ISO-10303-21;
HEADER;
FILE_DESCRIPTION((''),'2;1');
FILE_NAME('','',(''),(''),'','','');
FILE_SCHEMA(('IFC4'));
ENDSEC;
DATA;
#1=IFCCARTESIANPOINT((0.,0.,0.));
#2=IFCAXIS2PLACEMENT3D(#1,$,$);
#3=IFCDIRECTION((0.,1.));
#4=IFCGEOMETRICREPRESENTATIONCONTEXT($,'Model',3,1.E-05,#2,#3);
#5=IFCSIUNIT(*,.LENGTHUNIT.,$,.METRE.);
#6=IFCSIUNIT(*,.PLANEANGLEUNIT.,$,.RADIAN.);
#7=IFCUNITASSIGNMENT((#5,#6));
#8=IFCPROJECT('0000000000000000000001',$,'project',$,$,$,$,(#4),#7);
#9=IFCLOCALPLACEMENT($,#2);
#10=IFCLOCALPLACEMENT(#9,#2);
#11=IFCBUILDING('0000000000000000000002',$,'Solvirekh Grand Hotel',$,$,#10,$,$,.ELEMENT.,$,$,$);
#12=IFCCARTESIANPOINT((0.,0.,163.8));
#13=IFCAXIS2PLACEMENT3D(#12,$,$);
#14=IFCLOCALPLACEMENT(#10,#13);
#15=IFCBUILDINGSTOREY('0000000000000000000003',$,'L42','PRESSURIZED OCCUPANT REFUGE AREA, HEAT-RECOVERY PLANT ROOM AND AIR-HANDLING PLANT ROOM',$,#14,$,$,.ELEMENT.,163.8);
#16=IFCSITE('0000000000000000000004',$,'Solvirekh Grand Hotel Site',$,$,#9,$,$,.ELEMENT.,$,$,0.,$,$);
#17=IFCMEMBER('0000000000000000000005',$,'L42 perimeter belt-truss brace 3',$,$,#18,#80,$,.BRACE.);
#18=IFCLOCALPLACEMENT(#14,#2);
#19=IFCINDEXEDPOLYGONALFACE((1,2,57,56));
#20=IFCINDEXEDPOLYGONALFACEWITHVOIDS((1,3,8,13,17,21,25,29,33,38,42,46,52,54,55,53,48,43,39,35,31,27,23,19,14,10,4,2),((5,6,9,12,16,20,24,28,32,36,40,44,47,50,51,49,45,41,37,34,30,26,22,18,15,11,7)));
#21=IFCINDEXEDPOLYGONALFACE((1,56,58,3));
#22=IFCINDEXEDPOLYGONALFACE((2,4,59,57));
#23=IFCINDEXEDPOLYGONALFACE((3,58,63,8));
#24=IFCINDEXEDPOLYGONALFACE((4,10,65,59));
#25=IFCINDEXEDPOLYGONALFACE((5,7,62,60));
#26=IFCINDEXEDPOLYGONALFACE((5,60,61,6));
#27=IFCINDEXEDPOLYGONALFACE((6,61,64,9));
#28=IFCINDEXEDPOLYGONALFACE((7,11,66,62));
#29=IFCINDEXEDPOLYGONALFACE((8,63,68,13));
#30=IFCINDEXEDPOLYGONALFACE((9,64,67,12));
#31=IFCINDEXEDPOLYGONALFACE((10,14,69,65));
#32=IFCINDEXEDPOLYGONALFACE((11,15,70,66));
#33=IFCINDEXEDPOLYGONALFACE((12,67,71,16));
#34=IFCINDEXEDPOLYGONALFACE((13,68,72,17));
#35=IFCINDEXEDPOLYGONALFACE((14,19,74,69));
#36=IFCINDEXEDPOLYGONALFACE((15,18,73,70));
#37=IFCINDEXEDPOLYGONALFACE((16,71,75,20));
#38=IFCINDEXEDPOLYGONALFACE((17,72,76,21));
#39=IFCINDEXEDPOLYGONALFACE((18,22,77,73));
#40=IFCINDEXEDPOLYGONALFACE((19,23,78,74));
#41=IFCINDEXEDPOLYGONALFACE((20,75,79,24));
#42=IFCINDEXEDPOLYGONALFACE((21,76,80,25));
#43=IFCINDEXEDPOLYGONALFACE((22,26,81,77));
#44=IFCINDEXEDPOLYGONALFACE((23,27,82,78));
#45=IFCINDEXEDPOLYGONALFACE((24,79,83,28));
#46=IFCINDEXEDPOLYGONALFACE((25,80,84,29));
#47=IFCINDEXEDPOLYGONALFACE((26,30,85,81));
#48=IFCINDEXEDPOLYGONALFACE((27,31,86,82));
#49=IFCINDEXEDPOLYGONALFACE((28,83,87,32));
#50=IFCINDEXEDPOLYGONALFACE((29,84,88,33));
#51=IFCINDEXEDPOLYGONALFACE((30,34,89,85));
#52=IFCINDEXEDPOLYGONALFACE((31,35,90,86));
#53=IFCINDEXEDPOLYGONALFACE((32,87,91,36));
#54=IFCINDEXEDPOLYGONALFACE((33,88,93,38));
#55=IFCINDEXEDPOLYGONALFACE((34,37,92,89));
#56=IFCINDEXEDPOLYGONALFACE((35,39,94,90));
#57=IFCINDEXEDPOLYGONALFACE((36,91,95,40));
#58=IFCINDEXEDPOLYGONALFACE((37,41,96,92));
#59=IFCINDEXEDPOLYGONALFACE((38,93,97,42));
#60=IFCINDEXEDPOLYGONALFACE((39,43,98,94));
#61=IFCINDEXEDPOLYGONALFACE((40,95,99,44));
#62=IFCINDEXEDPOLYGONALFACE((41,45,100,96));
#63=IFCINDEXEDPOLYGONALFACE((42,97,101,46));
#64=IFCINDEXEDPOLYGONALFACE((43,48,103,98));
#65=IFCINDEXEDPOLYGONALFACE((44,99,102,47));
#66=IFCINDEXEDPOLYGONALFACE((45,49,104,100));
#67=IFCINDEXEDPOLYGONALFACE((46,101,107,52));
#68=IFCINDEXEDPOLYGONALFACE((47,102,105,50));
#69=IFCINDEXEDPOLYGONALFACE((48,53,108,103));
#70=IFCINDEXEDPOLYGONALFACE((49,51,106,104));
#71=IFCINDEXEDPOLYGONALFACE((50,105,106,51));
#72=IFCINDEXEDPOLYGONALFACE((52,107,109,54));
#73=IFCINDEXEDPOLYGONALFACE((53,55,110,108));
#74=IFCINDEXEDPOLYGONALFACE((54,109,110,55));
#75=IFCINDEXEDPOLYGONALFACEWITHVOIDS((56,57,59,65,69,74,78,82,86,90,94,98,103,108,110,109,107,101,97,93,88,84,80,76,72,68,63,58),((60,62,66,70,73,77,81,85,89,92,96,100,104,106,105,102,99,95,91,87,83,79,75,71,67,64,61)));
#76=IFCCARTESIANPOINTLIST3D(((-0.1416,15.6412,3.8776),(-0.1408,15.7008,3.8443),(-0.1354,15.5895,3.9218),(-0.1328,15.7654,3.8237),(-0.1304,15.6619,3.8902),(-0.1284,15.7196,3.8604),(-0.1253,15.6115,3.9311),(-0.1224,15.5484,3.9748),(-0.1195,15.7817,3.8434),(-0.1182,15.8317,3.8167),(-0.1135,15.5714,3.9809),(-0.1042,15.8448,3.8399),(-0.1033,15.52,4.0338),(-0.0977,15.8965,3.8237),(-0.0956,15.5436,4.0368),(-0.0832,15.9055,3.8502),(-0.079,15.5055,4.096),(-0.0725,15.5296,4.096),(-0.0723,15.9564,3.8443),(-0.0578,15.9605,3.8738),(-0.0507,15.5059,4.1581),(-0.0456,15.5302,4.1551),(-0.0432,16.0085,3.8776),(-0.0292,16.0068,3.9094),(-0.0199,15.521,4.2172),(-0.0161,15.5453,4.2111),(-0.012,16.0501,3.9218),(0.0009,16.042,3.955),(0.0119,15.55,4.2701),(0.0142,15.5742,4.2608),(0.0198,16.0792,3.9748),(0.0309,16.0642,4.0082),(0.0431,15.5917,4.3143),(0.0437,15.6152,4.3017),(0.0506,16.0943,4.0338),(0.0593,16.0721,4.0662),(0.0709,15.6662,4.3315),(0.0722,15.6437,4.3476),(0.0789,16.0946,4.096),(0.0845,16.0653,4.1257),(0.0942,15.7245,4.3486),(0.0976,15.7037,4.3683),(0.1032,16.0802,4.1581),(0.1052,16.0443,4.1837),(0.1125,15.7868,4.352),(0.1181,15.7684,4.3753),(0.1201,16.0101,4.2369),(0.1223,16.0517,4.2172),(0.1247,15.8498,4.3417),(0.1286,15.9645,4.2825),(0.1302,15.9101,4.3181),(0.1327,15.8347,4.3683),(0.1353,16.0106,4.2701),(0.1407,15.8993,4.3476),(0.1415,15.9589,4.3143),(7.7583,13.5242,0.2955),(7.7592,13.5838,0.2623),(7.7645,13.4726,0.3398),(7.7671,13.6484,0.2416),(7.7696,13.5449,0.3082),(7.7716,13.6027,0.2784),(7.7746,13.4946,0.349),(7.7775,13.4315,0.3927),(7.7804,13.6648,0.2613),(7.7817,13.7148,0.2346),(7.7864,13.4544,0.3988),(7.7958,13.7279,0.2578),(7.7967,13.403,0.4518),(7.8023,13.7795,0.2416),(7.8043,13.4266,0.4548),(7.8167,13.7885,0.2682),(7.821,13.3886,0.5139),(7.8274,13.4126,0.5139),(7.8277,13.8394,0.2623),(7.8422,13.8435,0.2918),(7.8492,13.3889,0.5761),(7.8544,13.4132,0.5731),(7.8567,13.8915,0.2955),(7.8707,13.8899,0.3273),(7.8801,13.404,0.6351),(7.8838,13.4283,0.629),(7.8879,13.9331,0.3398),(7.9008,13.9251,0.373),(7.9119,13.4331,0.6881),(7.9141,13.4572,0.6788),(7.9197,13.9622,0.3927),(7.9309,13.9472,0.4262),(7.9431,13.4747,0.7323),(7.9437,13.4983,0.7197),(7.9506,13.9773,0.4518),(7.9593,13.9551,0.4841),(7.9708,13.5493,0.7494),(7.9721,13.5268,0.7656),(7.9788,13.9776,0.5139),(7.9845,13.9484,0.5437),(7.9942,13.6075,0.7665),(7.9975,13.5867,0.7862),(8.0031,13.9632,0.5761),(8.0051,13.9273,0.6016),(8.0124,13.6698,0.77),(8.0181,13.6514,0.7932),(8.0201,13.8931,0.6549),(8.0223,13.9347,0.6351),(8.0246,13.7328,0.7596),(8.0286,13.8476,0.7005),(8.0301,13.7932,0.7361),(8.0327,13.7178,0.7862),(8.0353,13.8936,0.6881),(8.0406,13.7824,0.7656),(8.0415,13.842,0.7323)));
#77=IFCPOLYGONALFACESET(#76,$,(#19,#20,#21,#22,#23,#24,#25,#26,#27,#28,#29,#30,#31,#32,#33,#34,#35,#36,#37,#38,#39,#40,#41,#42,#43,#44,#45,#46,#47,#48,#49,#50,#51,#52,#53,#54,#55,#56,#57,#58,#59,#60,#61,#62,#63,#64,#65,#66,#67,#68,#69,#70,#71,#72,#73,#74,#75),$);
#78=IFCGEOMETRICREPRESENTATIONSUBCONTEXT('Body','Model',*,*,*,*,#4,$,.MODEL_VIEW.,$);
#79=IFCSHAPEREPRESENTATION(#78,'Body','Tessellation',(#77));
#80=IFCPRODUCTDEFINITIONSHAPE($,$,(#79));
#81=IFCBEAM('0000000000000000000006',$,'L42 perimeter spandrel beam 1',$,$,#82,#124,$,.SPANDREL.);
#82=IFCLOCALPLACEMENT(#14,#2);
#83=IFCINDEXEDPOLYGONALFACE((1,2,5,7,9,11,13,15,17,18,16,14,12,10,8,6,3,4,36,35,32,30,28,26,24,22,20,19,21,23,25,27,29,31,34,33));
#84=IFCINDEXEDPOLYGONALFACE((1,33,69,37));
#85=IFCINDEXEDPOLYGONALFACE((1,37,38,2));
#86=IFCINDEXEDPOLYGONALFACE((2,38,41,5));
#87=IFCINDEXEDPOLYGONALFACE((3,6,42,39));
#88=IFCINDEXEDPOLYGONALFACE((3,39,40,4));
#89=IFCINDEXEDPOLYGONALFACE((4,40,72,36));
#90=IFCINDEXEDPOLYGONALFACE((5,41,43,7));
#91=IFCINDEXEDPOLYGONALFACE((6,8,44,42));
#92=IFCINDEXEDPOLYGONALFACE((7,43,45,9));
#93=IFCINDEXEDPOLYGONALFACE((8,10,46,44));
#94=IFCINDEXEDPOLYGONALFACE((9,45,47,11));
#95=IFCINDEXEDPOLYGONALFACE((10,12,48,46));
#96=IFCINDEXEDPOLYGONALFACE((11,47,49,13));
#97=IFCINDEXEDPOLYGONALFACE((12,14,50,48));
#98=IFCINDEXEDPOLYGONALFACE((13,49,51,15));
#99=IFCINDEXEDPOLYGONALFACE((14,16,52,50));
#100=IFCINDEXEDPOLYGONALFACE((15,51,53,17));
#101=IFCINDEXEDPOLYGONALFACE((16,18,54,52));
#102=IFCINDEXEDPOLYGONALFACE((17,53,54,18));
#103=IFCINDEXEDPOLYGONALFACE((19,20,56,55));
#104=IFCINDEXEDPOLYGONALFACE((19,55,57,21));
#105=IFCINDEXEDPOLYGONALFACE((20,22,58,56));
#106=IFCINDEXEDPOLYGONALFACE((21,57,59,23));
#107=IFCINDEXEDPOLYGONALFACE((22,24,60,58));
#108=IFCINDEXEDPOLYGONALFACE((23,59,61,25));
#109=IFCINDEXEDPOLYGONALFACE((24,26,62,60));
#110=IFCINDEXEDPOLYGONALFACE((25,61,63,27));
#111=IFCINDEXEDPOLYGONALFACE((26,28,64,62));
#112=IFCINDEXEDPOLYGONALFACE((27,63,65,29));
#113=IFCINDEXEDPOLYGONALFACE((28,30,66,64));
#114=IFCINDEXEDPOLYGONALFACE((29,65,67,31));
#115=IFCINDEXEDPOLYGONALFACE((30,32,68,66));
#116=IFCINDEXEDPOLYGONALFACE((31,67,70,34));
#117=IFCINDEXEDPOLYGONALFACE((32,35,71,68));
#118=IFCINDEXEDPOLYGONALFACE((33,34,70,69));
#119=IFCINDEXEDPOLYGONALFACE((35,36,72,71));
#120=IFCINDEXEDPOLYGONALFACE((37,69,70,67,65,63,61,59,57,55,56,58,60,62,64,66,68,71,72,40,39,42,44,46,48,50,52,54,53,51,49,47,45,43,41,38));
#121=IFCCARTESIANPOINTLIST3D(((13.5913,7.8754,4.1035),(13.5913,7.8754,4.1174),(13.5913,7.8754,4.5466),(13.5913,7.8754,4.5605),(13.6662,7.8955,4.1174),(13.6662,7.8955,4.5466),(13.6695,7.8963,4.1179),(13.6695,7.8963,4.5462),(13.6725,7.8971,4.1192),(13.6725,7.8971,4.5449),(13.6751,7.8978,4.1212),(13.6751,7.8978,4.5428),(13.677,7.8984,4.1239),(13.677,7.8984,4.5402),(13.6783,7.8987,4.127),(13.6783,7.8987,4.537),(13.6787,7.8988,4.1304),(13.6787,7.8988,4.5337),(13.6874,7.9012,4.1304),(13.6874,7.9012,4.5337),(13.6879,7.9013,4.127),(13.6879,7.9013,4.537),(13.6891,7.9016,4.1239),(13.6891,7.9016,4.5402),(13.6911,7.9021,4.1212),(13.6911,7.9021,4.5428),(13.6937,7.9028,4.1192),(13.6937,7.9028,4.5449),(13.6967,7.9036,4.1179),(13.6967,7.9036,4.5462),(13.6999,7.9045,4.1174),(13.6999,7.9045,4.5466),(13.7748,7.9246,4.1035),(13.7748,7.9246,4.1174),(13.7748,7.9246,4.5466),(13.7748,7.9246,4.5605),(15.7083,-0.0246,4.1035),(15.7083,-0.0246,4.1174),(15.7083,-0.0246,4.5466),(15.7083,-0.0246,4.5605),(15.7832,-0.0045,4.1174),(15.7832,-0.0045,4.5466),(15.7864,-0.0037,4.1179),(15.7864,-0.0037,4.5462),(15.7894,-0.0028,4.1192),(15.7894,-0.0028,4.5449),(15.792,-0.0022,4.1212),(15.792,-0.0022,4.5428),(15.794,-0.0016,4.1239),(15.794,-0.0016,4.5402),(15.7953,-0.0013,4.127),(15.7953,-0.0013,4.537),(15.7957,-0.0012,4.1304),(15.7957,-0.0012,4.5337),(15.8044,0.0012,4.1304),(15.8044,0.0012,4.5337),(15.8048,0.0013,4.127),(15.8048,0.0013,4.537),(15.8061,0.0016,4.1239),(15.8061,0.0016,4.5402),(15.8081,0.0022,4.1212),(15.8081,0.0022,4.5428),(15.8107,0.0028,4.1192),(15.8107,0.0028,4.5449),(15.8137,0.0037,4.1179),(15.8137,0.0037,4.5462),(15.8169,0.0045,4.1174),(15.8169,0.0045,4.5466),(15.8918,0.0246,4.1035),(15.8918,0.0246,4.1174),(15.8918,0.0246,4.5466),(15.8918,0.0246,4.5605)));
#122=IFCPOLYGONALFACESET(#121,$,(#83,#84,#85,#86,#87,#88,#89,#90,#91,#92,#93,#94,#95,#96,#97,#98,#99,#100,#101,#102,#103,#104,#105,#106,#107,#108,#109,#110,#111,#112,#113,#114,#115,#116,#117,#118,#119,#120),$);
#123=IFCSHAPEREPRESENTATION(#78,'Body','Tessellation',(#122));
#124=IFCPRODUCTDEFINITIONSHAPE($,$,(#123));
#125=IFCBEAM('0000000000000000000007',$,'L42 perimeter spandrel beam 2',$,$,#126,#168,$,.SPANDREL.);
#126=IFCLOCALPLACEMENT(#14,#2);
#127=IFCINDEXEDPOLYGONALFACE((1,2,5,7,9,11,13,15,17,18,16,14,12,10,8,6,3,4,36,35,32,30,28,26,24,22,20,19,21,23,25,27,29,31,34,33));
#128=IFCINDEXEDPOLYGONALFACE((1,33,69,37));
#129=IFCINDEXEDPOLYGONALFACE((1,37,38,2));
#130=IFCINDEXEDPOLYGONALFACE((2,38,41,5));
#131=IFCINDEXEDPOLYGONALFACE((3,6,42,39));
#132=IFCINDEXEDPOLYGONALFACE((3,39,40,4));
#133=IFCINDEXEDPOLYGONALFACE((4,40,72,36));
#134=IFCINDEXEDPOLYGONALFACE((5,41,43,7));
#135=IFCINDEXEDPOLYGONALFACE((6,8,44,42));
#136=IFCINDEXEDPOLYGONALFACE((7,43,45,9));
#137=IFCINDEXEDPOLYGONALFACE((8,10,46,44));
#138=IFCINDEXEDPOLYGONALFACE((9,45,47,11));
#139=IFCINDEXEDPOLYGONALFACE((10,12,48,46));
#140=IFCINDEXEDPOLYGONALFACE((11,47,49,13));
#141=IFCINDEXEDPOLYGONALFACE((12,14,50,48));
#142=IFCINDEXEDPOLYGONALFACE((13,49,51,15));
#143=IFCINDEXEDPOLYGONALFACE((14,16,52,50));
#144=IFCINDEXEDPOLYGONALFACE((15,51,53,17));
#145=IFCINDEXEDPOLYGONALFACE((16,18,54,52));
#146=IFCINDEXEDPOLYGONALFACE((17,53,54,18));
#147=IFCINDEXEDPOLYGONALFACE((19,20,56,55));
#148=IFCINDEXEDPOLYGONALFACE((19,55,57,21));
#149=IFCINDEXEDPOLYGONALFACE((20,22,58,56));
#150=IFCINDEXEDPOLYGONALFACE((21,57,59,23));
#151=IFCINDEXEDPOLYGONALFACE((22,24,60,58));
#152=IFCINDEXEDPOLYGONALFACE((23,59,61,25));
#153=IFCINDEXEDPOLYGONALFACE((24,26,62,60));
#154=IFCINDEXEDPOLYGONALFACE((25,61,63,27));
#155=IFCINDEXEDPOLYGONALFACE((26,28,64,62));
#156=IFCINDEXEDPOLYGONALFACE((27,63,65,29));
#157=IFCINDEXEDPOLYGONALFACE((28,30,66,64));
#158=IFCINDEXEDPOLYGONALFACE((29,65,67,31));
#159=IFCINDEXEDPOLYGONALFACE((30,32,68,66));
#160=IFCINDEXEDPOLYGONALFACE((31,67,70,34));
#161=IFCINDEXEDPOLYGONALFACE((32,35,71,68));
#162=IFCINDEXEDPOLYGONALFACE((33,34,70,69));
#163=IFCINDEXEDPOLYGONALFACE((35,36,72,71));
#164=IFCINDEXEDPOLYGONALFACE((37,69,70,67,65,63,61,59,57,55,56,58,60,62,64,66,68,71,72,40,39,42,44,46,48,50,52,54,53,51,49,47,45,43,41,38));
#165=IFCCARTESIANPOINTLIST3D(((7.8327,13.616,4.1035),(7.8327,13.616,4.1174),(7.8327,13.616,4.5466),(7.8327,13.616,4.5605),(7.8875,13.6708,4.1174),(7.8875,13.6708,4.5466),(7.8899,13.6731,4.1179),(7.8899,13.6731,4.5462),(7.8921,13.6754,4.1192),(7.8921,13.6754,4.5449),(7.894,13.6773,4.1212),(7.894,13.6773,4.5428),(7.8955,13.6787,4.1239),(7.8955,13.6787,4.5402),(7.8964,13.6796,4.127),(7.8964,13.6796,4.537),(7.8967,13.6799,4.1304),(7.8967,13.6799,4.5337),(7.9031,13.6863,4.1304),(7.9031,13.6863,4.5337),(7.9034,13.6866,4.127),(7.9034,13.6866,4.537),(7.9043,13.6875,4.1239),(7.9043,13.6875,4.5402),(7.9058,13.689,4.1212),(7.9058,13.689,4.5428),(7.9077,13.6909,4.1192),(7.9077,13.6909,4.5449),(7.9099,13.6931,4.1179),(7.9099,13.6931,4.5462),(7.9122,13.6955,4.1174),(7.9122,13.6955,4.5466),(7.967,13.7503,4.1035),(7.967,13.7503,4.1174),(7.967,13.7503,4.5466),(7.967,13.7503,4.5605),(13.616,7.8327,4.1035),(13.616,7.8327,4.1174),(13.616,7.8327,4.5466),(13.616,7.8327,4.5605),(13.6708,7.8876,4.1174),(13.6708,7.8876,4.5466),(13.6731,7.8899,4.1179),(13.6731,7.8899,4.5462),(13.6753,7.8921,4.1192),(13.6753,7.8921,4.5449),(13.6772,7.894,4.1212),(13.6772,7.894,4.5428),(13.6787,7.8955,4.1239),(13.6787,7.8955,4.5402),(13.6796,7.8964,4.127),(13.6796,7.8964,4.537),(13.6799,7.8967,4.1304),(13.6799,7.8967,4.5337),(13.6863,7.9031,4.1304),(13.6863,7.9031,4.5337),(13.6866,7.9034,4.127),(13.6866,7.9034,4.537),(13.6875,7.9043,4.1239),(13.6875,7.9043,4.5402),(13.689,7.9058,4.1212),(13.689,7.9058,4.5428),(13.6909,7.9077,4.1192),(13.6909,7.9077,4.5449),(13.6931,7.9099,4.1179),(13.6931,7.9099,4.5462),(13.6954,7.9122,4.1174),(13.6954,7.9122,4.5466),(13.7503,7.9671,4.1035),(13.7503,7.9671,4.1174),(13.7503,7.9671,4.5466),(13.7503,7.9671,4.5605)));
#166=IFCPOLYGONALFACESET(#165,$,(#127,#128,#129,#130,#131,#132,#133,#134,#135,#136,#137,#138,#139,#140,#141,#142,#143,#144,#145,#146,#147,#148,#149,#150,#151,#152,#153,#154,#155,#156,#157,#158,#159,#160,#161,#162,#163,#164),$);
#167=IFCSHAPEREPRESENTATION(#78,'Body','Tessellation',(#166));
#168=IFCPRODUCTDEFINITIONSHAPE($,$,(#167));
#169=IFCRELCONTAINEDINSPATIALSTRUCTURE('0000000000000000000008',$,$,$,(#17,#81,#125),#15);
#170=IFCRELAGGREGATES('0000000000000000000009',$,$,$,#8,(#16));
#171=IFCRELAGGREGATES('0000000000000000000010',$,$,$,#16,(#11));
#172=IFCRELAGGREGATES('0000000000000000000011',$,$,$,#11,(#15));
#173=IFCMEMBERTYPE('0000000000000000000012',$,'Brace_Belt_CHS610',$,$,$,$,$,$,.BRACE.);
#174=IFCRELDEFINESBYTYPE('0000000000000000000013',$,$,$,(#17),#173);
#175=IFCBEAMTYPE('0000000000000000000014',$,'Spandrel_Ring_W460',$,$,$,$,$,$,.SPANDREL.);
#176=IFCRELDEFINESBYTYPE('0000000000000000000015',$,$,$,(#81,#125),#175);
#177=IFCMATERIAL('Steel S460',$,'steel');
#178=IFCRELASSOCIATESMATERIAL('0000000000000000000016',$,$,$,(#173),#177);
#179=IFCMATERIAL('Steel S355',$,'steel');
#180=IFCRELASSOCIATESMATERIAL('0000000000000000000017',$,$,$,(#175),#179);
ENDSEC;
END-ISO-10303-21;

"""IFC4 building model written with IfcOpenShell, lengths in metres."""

from ifc_helpers import new_model, si_unit, direction, frame, origin, origin_2d, place, context, subcontext, project, spatial, hollow_circle, i_section, extrude, material, material_profile, profile_set, type_object, element, save


model = new_model("IFC4")

# Units and contexts
model_context = context("Model", 3, precision=1e-05, world=origin(), true_north=direction((0.0, 1.0)))
body_context = subcontext(model_context, "Body", "Model", "MODEL_VIEW")
ifc_project = project(units=[si_unit("LENGTHUNIT", "METRE"), si_unit("PLANEANGLEUNIT", "RADIAN")], contexts=[model_context])

# Site, building, storey
site_placement = place(None, origin())
site = spatial("IfcSite", under=ifc_project, at=site_placement, Name="Solvirekh Grand Hotel Site", CompositionType="ELEMENT", RefElevation=0.0)
building_placement = place(site_placement, origin())
building = spatial("IfcBuilding", under=site, at=building_placement, Name="Solvirekh Grand Hotel", CompositionType="ELEMENT")
storey_placement = place(building_placement, frame((0.0, 0.0, 163.8)))
storey = spatial("IfcBuildingStorey", under=building, at=storey_placement, Name="L42", Description="PRESSURIZED OCCUPANT REFUGE AREA, HEAT-RECOVERY PLANT ROOM AND AIR-HANDLING PLANT ROOM", CompositionType="ELEMENT", Elevation=163.8)

# Shared definitions
ifc_material_1 = material(Name="Steel S460", Category="steel")
ifc_material_2 = material(Name="Steel S355", Category="steel")

# Member
ifc_material_profile_1 = material_profile(ifc_material_1, hollow_circle(Radius=0.3049, WallThickness=0.0249, at=origin_2d()), Name="CHS 610X25")
ifc_profile_set_1 = profile_set([ifc_material_profile_1], Name="Steel S460")
member_type = type_object("IfcMemberType", Name="Brace_Belt_CHS610", PredefinedType="BRACE", material=ifc_profile_set_1)
for number, where, z_axis, x_axis, name in (
    (1, (7.8999, 13.6831, 0.5139), (-0.884781, 0.237095, 0.401184), (-0.258839, -0.965921, 0.0), "L42 perimeter belt-truss brace 3"),
):
    element("IfcMember", number, at=place(storey_placement, frame(where, z_axis=z_axis, x_axis=x_axis)), inside=storey, type_object=member_type, Name=name, PredefinedType="BRACE", context=body_context, shape_type="SweptSolid", body=[
        extrude(hollow_circle(Radius=0.3049, WallThickness=0.0249, at=origin_2d()), origin(), (0.0, 0.0, 1.0), 8.9287),
    ])

# Beams
ifc_material_profile_2 = material_profile(ifc_material_2, i_section(OverallWidth=0.1899, OverallDepth=0.457, WebThickness=0.009, FlangeThickness=0.0139, FilletRadius=0.0129, at=origin_2d()), Name="W460X74")
ifc_profile_set_2 = profile_set([ifc_material_profile_2], Name="Steel S355")
beam_type_1 = type_object("IfcBeamType", Name="Spandrel_Ring_W460", PredefinedType="SPANDREL", material=ifc_profile_set_2)
for number, where, z_axis, x_axis, name in (
    (2, (15.8, 0.0, 4.332), (-0.258839, 0.965921, 0.0), (-0.965921, -0.258839, 0.0), "L42 perimeter spandrel beam 1"),
    (3, (13.6831, 7.8999, 4.332), (-0.707107, 0.707107, 0.0), (-0.707107, -0.707107, 0.0), "L42 perimeter spandrel beam 2"),
):
    element("IfcBeam", number, at=place(storey_placement, frame(where, z_axis=z_axis, x_axis=x_axis)), inside=storey, type_object=beam_type_1, Name=name, PredefinedType="SPANDREL", context=body_context, shape_type="SweptSolid", body=[
        extrude(i_section(OverallWidth=0.1899, OverallDepth=0.457, WebThickness=0.009, FlangeThickness=0.0139, FilletRadius=0.0129, at=origin_2d()), origin(), (0.0, 0.0, 1.0), 8.1787),
    ])

save(model, "model.ifc")
